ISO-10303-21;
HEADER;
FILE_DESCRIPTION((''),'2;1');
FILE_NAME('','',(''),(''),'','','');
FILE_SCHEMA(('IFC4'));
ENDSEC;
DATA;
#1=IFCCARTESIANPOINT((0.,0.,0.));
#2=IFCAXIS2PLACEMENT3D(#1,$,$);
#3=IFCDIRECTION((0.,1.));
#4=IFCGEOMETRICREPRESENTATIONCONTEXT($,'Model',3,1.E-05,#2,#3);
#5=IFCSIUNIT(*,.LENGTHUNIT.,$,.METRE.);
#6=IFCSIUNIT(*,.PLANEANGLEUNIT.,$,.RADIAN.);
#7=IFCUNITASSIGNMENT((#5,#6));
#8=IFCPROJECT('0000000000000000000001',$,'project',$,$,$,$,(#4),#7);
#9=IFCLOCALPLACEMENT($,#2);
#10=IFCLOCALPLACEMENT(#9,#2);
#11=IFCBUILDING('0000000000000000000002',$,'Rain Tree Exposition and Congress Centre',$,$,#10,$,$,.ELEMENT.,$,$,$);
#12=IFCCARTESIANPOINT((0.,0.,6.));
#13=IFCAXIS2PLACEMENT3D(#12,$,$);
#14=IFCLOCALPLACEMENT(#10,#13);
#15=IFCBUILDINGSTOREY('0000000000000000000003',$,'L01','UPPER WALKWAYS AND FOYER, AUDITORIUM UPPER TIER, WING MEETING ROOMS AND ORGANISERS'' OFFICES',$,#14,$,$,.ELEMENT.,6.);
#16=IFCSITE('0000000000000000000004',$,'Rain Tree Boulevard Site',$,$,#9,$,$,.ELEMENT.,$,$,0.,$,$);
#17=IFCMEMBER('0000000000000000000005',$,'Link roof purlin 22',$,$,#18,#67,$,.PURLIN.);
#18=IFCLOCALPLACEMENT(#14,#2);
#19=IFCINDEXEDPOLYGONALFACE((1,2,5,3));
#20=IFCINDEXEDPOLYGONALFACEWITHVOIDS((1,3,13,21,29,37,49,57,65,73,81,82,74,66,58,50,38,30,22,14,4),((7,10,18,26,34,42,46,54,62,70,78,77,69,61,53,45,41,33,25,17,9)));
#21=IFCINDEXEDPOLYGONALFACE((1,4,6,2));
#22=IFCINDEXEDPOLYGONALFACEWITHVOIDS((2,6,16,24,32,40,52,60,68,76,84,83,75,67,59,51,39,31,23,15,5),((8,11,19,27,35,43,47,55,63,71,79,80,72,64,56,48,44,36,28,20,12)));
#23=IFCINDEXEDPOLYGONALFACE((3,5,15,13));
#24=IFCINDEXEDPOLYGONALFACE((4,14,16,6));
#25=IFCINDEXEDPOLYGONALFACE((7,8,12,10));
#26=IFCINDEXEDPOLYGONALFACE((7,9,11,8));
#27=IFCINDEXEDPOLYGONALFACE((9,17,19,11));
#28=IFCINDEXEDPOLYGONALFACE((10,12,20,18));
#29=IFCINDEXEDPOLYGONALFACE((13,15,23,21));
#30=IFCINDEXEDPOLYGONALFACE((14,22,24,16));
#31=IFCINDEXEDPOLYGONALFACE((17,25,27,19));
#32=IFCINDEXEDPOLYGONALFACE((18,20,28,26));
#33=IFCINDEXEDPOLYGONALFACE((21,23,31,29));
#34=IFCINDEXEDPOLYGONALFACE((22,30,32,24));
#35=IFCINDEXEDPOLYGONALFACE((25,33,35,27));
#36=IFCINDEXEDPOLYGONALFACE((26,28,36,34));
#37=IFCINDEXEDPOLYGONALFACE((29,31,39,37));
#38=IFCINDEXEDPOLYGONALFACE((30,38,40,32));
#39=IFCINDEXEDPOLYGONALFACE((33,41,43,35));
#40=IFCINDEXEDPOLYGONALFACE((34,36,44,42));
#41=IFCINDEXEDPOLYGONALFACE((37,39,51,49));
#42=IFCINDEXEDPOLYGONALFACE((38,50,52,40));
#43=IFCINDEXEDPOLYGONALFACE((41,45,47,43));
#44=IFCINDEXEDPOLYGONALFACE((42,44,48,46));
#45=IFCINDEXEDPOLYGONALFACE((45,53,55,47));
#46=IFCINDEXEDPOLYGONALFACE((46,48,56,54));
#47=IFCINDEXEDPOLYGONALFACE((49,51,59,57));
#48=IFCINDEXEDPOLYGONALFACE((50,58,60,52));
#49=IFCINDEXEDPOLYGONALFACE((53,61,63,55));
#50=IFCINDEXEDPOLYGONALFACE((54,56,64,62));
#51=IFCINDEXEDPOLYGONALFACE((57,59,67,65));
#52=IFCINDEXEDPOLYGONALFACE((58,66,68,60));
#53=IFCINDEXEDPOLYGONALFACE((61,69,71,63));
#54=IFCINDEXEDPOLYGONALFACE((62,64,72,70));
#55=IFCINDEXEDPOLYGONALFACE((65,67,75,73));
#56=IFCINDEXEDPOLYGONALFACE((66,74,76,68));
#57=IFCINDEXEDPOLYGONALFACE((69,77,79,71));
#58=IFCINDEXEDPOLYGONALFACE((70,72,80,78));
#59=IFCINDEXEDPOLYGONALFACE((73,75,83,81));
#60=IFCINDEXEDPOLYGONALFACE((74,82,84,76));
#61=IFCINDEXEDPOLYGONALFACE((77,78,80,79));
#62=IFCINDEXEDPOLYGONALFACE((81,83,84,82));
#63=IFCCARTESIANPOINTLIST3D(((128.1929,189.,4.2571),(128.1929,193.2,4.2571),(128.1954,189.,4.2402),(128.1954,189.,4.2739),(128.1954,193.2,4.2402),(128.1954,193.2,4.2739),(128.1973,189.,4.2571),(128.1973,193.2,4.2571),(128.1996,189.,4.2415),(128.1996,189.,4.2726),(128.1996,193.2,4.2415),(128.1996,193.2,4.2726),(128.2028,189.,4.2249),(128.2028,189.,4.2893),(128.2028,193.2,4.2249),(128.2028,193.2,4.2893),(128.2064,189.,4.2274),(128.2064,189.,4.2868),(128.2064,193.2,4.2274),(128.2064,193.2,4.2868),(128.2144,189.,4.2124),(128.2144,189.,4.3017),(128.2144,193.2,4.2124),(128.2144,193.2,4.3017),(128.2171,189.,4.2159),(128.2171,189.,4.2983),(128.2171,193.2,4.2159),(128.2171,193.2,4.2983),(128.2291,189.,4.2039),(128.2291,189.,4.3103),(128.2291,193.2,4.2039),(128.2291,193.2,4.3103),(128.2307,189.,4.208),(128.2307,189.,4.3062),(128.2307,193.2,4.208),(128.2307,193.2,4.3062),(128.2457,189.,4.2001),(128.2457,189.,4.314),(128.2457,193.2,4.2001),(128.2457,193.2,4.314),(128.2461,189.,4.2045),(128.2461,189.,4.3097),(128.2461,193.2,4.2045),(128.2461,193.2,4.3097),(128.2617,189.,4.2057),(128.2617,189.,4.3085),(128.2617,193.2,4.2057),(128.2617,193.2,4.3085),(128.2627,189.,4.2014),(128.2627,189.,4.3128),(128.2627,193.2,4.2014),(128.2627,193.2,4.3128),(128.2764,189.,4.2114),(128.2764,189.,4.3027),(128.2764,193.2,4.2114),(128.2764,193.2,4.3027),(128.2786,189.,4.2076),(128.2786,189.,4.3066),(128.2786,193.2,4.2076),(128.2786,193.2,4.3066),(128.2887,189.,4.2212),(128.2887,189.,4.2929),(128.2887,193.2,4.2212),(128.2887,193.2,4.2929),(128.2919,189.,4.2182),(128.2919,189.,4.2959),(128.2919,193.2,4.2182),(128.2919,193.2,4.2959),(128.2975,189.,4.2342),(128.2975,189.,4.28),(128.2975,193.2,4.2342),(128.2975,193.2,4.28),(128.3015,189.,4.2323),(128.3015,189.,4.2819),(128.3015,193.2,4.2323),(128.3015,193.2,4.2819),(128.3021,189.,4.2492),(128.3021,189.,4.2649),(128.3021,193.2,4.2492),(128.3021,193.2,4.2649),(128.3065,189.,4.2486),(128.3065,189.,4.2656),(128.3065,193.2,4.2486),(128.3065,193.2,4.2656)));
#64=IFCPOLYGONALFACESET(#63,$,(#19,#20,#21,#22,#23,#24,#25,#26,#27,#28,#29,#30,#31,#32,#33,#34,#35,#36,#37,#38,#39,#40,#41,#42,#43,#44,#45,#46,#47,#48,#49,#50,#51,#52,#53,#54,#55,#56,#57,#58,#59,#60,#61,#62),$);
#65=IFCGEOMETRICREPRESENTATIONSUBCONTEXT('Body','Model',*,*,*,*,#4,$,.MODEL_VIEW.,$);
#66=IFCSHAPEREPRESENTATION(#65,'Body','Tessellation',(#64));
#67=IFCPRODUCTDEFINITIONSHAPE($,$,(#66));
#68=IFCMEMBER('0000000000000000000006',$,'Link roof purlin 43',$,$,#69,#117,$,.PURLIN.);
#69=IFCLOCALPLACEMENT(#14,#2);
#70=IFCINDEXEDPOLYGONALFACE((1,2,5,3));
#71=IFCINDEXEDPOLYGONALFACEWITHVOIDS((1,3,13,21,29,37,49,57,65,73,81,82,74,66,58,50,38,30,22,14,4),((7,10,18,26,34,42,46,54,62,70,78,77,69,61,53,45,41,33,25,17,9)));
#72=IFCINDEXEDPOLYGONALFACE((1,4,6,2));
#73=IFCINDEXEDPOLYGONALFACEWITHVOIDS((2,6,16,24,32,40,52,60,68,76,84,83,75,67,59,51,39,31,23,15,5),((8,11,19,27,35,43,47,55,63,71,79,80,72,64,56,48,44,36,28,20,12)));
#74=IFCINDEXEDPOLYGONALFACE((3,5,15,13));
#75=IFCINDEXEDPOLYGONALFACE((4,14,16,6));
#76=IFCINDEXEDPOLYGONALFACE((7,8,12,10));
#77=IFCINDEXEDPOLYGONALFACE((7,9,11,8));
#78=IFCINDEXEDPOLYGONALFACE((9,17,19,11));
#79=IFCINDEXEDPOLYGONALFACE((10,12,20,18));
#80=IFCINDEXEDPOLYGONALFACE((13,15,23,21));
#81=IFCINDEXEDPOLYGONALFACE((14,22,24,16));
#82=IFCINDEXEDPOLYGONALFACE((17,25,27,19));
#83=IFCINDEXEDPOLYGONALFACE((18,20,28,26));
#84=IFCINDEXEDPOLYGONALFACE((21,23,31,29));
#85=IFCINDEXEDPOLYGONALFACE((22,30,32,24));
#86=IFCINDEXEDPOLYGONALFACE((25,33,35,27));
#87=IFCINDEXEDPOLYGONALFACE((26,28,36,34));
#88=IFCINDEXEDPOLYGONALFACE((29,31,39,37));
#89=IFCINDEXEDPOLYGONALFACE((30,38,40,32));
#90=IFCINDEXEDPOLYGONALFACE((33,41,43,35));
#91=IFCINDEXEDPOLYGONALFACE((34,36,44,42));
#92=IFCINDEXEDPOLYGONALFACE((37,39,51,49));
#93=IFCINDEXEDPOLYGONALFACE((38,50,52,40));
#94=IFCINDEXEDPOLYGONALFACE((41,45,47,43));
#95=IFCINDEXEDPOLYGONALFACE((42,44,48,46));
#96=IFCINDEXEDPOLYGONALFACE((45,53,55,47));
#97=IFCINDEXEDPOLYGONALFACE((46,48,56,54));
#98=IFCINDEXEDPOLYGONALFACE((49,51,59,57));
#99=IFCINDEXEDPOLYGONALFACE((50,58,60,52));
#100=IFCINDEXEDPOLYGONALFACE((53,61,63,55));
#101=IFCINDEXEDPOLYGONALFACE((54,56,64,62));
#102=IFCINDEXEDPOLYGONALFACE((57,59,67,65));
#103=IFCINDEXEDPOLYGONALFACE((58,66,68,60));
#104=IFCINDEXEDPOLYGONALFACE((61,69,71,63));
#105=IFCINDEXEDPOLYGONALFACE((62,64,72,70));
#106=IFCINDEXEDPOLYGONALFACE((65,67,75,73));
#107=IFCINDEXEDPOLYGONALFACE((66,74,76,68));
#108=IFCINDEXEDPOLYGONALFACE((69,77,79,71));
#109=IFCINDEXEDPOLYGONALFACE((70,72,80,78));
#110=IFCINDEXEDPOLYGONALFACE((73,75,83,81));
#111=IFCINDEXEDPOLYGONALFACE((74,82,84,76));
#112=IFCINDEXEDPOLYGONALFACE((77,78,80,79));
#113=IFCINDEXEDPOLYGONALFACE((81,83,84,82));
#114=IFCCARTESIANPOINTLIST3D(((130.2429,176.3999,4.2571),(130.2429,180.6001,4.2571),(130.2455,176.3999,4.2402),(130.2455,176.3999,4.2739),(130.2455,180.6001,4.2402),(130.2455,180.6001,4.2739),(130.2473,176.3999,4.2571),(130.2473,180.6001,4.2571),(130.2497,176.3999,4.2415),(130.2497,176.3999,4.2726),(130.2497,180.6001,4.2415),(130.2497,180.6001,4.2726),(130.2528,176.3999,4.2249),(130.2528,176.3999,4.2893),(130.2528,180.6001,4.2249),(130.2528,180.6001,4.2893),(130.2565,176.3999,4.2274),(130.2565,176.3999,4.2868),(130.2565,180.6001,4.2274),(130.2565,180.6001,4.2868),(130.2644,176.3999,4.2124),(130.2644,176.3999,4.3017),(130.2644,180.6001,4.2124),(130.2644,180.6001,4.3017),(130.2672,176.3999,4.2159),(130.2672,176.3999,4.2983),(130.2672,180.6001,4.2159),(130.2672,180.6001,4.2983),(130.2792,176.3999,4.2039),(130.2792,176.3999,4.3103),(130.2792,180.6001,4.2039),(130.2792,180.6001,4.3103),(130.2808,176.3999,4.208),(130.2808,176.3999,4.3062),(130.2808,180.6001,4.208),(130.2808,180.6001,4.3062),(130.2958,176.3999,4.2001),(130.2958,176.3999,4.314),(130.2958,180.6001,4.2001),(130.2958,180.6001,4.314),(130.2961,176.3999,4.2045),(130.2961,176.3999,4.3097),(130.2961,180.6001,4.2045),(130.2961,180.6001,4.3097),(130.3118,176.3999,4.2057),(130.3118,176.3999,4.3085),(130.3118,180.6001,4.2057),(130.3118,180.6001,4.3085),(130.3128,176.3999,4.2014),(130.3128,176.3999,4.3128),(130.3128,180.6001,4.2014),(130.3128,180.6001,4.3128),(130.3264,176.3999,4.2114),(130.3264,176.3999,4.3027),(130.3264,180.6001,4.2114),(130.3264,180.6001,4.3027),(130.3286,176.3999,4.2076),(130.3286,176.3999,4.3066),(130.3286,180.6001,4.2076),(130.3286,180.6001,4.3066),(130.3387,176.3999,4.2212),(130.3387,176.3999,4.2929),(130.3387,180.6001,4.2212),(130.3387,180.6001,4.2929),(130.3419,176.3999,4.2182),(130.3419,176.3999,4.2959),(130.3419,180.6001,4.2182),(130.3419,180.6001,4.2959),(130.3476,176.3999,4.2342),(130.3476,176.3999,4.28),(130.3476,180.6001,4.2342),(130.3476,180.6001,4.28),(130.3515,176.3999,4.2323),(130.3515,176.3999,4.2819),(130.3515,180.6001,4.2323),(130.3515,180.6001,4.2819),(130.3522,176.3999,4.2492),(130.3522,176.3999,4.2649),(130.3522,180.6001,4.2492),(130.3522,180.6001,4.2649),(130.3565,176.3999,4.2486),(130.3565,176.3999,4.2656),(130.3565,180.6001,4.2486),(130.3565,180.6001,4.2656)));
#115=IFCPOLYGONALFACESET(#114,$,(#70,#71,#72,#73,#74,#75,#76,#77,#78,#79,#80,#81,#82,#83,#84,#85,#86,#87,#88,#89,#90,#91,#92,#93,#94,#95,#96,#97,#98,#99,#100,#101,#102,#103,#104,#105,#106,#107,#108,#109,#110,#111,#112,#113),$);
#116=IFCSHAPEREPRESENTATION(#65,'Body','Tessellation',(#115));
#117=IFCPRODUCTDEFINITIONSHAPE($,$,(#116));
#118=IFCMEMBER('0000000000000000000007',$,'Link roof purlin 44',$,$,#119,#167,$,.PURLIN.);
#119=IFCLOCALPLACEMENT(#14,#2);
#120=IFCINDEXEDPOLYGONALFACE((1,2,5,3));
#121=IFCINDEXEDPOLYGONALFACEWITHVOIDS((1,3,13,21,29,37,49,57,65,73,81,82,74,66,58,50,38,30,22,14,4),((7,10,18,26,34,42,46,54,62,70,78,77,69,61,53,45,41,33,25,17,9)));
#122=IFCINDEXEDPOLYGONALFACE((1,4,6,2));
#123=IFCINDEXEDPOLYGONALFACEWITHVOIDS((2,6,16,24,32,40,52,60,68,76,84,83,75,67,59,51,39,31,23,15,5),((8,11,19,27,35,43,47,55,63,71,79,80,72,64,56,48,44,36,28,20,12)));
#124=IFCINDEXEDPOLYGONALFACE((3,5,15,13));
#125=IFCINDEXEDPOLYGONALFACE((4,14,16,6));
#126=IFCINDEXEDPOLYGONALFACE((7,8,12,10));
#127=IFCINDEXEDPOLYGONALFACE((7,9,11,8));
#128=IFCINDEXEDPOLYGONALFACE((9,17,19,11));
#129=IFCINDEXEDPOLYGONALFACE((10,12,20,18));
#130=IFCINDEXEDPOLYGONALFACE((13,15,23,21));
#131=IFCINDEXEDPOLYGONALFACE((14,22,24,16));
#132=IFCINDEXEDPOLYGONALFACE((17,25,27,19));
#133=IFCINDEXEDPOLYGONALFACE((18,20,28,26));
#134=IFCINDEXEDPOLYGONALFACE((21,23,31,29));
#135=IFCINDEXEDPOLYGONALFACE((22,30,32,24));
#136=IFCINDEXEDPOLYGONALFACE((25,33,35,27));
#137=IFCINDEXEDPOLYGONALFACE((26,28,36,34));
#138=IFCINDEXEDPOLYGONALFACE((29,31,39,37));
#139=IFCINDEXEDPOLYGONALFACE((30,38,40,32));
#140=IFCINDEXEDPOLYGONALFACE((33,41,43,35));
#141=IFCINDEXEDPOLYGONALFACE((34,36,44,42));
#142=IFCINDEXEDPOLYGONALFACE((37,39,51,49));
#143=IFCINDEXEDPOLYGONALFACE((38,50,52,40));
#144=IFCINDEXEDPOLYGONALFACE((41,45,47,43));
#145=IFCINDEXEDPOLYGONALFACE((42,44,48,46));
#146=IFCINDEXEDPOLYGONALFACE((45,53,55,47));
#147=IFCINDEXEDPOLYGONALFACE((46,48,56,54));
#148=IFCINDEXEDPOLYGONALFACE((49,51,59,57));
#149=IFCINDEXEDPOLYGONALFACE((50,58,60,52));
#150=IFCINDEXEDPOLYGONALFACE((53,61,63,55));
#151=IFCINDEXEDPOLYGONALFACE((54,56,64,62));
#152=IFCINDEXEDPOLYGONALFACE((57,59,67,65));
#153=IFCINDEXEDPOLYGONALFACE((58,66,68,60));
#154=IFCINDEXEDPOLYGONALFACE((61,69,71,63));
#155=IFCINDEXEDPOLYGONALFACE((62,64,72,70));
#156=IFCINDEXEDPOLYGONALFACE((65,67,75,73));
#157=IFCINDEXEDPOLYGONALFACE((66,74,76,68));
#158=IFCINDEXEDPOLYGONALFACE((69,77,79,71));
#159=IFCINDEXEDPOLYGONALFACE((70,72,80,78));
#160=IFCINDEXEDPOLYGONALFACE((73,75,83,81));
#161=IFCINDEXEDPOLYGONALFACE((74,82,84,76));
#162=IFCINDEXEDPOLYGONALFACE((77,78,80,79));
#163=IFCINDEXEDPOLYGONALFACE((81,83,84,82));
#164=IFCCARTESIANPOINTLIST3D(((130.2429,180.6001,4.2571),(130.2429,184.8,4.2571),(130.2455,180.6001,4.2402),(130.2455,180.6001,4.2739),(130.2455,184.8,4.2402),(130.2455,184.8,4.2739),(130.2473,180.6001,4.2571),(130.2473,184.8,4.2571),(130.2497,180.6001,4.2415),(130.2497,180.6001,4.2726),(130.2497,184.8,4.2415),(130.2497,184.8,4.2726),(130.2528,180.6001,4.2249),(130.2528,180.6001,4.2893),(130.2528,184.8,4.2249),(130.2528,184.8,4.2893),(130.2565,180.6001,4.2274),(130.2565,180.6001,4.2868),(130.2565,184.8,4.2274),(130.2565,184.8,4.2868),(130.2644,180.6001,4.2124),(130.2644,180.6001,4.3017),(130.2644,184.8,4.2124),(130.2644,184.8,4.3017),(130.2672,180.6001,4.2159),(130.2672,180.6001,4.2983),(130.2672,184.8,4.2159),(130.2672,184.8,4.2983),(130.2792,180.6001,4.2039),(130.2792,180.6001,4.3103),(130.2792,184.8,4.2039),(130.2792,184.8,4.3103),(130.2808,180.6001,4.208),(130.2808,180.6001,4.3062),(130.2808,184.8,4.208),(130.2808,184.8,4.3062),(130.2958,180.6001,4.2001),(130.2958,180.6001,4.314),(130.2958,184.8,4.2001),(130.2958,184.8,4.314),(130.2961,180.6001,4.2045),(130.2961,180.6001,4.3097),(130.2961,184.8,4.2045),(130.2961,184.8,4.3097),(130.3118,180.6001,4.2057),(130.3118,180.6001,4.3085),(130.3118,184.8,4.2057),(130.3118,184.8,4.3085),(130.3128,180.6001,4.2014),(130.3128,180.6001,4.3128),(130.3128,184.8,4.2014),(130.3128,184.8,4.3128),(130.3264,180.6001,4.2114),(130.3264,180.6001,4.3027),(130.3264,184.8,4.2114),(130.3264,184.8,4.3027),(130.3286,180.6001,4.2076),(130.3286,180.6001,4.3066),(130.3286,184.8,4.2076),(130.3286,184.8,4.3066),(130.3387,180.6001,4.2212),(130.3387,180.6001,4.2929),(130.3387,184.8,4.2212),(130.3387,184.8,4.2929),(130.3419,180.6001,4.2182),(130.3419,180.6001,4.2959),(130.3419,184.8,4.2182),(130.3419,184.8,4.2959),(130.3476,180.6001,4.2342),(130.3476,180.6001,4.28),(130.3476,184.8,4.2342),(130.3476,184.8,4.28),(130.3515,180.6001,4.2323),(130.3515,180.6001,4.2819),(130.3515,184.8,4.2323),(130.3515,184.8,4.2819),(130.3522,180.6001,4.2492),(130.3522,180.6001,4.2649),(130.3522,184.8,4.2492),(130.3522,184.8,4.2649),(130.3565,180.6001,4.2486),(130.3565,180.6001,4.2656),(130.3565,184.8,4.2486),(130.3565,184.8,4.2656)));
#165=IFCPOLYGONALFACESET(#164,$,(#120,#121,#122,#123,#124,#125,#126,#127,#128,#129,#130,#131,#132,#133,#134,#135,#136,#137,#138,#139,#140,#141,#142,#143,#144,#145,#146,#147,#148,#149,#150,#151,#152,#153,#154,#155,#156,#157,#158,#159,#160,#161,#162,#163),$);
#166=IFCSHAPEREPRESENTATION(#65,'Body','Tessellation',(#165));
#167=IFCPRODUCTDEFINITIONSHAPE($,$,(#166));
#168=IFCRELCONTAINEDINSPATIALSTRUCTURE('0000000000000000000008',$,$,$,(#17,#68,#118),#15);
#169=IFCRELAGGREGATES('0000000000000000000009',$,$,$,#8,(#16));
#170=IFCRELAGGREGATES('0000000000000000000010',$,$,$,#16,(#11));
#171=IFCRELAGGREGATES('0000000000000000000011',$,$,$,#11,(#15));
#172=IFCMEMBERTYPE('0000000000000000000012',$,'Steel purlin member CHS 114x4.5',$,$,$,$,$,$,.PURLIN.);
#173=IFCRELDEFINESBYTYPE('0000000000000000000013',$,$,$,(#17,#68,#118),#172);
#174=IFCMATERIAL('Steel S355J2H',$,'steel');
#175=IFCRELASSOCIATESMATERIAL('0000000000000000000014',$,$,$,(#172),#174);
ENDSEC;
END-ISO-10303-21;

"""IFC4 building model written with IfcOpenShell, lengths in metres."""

from ifc_helpers import new_model, si_unit, direction, frame, origin, origin_2d, place, context, subcontext, project, spatial, hollow_circle, extrude, material, material_profile, profile_set, type_object, element, save


model = new_model("IFC4")

# Units and contexts
model_context = context("Model", 3, precision=1e-05, world=origin(), true_north=direction((0.0, 1.0)))
body_context = subcontext(model_context, "Body", "Model", "MODEL_VIEW")
ifc_project = project(units=[si_unit("LENGTHUNIT", "METRE"), si_unit("PLANEANGLEUNIT", "RADIAN")], contexts=[model_context])

# Site, building, storey
site_placement = place(None, origin())
site = spatial("IfcSite", under=ifc_project, at=site_placement, Name="Rain Tree Boulevard Site", CompositionType="ELEMENT", RefElevation=0.0)
building_placement = place(site_placement, origin())
building = spatial("IfcBuilding", under=site, at=building_placement, Name="Rain Tree Exposition and Congress Centre", CompositionType="ELEMENT")
storey_placement = place(building_placement, frame((0.0, 0.0, 6.0)))
storey = spatial("IfcBuildingStorey", under=building, at=storey_placement, Name="L01", Description="UPPER WALKWAYS AND FOYER, AUDITORIUM UPPER TIER, WING MEETING ROOMS AND ORGANISERS' OFFICES", CompositionType="ELEMENT", Elevation=6.0)

# Members
ifc_material_1 = material(Name="Steel S355J2H", Category="steel")
ifc_material_profile_1 = material_profile(ifc_material_1, hollow_circle(Radius=0.0571, WallThickness=0.0044, at=origin_2d()), Name="CHS 114x4.5")
ifc_profile_set_1 = profile_set([ifc_material_profile_1], Name="Steel S355J2H")
member_type = type_object("IfcMemberType", Name="Steel purlin member CHS 114x4.5", PredefinedType="PURLIN", material=ifc_profile_set_1)
for number, where, z_axis, x_axis, name in (
    (1, (128.25, 189.0, 4.2571), (0.0, 1.0, 0.0), (-1.0, 0.0, 0.0), "Link roof purlin 22"),
):
    element("IfcMember", number, at=place(storey_placement, frame(where, z_axis=z_axis, x_axis=x_axis)), inside=storey, type_object=member_type, Name=name, PredefinedType="PURLIN", context=body_context, shape_type="SweptSolid", body=[
        extrude(hollow_circle(Radius=0.0571, WallThickness=0.0044, at=origin_2d()), origin(), (0.0, 0.0, 1.0), 4.2),
    ])
member_1_placement = place(storey_placement, frame((130.3, 176.3999, 4.2571), z_axis=(0.0, 1.0, 0.0), x_axis=(-1.0, 0.0, 0.0)))
element("IfcMember", 2, at=member_1_placement, inside=storey, type_object=member_type, Name="Link roof purlin 43", PredefinedType="PURLIN", context=body_context, shape_type="SweptSolid", body=[
    extrude(hollow_circle(Radius=0.0571, WallThickness=0.0044, at=origin_2d()), origin(), (0.0, 0.0, 1.0), 4.2002),
])
for number, where, z_axis, x_axis, name in (
    (3, (130.3, 180.6001, 4.2571), (0.0, 1.0, 0.0), (-1.0, 0.0, 0.0), "Link roof purlin 44"),
):
    element("IfcMember", number, at=place(storey_placement, frame(where, z_axis=z_axis, x_axis=x_axis)), inside=storey, type_object=member_type, Name=name, PredefinedType="PURLIN", context=body_context, shape_type="SweptSolid", body=[
        extrude(hollow_circle(Radius=0.0571, WallThickness=0.0044, at=origin_2d()), origin(), (0.0, 0.0, 1.0), 4.2),
    ])

save(model, "model.ifc")
